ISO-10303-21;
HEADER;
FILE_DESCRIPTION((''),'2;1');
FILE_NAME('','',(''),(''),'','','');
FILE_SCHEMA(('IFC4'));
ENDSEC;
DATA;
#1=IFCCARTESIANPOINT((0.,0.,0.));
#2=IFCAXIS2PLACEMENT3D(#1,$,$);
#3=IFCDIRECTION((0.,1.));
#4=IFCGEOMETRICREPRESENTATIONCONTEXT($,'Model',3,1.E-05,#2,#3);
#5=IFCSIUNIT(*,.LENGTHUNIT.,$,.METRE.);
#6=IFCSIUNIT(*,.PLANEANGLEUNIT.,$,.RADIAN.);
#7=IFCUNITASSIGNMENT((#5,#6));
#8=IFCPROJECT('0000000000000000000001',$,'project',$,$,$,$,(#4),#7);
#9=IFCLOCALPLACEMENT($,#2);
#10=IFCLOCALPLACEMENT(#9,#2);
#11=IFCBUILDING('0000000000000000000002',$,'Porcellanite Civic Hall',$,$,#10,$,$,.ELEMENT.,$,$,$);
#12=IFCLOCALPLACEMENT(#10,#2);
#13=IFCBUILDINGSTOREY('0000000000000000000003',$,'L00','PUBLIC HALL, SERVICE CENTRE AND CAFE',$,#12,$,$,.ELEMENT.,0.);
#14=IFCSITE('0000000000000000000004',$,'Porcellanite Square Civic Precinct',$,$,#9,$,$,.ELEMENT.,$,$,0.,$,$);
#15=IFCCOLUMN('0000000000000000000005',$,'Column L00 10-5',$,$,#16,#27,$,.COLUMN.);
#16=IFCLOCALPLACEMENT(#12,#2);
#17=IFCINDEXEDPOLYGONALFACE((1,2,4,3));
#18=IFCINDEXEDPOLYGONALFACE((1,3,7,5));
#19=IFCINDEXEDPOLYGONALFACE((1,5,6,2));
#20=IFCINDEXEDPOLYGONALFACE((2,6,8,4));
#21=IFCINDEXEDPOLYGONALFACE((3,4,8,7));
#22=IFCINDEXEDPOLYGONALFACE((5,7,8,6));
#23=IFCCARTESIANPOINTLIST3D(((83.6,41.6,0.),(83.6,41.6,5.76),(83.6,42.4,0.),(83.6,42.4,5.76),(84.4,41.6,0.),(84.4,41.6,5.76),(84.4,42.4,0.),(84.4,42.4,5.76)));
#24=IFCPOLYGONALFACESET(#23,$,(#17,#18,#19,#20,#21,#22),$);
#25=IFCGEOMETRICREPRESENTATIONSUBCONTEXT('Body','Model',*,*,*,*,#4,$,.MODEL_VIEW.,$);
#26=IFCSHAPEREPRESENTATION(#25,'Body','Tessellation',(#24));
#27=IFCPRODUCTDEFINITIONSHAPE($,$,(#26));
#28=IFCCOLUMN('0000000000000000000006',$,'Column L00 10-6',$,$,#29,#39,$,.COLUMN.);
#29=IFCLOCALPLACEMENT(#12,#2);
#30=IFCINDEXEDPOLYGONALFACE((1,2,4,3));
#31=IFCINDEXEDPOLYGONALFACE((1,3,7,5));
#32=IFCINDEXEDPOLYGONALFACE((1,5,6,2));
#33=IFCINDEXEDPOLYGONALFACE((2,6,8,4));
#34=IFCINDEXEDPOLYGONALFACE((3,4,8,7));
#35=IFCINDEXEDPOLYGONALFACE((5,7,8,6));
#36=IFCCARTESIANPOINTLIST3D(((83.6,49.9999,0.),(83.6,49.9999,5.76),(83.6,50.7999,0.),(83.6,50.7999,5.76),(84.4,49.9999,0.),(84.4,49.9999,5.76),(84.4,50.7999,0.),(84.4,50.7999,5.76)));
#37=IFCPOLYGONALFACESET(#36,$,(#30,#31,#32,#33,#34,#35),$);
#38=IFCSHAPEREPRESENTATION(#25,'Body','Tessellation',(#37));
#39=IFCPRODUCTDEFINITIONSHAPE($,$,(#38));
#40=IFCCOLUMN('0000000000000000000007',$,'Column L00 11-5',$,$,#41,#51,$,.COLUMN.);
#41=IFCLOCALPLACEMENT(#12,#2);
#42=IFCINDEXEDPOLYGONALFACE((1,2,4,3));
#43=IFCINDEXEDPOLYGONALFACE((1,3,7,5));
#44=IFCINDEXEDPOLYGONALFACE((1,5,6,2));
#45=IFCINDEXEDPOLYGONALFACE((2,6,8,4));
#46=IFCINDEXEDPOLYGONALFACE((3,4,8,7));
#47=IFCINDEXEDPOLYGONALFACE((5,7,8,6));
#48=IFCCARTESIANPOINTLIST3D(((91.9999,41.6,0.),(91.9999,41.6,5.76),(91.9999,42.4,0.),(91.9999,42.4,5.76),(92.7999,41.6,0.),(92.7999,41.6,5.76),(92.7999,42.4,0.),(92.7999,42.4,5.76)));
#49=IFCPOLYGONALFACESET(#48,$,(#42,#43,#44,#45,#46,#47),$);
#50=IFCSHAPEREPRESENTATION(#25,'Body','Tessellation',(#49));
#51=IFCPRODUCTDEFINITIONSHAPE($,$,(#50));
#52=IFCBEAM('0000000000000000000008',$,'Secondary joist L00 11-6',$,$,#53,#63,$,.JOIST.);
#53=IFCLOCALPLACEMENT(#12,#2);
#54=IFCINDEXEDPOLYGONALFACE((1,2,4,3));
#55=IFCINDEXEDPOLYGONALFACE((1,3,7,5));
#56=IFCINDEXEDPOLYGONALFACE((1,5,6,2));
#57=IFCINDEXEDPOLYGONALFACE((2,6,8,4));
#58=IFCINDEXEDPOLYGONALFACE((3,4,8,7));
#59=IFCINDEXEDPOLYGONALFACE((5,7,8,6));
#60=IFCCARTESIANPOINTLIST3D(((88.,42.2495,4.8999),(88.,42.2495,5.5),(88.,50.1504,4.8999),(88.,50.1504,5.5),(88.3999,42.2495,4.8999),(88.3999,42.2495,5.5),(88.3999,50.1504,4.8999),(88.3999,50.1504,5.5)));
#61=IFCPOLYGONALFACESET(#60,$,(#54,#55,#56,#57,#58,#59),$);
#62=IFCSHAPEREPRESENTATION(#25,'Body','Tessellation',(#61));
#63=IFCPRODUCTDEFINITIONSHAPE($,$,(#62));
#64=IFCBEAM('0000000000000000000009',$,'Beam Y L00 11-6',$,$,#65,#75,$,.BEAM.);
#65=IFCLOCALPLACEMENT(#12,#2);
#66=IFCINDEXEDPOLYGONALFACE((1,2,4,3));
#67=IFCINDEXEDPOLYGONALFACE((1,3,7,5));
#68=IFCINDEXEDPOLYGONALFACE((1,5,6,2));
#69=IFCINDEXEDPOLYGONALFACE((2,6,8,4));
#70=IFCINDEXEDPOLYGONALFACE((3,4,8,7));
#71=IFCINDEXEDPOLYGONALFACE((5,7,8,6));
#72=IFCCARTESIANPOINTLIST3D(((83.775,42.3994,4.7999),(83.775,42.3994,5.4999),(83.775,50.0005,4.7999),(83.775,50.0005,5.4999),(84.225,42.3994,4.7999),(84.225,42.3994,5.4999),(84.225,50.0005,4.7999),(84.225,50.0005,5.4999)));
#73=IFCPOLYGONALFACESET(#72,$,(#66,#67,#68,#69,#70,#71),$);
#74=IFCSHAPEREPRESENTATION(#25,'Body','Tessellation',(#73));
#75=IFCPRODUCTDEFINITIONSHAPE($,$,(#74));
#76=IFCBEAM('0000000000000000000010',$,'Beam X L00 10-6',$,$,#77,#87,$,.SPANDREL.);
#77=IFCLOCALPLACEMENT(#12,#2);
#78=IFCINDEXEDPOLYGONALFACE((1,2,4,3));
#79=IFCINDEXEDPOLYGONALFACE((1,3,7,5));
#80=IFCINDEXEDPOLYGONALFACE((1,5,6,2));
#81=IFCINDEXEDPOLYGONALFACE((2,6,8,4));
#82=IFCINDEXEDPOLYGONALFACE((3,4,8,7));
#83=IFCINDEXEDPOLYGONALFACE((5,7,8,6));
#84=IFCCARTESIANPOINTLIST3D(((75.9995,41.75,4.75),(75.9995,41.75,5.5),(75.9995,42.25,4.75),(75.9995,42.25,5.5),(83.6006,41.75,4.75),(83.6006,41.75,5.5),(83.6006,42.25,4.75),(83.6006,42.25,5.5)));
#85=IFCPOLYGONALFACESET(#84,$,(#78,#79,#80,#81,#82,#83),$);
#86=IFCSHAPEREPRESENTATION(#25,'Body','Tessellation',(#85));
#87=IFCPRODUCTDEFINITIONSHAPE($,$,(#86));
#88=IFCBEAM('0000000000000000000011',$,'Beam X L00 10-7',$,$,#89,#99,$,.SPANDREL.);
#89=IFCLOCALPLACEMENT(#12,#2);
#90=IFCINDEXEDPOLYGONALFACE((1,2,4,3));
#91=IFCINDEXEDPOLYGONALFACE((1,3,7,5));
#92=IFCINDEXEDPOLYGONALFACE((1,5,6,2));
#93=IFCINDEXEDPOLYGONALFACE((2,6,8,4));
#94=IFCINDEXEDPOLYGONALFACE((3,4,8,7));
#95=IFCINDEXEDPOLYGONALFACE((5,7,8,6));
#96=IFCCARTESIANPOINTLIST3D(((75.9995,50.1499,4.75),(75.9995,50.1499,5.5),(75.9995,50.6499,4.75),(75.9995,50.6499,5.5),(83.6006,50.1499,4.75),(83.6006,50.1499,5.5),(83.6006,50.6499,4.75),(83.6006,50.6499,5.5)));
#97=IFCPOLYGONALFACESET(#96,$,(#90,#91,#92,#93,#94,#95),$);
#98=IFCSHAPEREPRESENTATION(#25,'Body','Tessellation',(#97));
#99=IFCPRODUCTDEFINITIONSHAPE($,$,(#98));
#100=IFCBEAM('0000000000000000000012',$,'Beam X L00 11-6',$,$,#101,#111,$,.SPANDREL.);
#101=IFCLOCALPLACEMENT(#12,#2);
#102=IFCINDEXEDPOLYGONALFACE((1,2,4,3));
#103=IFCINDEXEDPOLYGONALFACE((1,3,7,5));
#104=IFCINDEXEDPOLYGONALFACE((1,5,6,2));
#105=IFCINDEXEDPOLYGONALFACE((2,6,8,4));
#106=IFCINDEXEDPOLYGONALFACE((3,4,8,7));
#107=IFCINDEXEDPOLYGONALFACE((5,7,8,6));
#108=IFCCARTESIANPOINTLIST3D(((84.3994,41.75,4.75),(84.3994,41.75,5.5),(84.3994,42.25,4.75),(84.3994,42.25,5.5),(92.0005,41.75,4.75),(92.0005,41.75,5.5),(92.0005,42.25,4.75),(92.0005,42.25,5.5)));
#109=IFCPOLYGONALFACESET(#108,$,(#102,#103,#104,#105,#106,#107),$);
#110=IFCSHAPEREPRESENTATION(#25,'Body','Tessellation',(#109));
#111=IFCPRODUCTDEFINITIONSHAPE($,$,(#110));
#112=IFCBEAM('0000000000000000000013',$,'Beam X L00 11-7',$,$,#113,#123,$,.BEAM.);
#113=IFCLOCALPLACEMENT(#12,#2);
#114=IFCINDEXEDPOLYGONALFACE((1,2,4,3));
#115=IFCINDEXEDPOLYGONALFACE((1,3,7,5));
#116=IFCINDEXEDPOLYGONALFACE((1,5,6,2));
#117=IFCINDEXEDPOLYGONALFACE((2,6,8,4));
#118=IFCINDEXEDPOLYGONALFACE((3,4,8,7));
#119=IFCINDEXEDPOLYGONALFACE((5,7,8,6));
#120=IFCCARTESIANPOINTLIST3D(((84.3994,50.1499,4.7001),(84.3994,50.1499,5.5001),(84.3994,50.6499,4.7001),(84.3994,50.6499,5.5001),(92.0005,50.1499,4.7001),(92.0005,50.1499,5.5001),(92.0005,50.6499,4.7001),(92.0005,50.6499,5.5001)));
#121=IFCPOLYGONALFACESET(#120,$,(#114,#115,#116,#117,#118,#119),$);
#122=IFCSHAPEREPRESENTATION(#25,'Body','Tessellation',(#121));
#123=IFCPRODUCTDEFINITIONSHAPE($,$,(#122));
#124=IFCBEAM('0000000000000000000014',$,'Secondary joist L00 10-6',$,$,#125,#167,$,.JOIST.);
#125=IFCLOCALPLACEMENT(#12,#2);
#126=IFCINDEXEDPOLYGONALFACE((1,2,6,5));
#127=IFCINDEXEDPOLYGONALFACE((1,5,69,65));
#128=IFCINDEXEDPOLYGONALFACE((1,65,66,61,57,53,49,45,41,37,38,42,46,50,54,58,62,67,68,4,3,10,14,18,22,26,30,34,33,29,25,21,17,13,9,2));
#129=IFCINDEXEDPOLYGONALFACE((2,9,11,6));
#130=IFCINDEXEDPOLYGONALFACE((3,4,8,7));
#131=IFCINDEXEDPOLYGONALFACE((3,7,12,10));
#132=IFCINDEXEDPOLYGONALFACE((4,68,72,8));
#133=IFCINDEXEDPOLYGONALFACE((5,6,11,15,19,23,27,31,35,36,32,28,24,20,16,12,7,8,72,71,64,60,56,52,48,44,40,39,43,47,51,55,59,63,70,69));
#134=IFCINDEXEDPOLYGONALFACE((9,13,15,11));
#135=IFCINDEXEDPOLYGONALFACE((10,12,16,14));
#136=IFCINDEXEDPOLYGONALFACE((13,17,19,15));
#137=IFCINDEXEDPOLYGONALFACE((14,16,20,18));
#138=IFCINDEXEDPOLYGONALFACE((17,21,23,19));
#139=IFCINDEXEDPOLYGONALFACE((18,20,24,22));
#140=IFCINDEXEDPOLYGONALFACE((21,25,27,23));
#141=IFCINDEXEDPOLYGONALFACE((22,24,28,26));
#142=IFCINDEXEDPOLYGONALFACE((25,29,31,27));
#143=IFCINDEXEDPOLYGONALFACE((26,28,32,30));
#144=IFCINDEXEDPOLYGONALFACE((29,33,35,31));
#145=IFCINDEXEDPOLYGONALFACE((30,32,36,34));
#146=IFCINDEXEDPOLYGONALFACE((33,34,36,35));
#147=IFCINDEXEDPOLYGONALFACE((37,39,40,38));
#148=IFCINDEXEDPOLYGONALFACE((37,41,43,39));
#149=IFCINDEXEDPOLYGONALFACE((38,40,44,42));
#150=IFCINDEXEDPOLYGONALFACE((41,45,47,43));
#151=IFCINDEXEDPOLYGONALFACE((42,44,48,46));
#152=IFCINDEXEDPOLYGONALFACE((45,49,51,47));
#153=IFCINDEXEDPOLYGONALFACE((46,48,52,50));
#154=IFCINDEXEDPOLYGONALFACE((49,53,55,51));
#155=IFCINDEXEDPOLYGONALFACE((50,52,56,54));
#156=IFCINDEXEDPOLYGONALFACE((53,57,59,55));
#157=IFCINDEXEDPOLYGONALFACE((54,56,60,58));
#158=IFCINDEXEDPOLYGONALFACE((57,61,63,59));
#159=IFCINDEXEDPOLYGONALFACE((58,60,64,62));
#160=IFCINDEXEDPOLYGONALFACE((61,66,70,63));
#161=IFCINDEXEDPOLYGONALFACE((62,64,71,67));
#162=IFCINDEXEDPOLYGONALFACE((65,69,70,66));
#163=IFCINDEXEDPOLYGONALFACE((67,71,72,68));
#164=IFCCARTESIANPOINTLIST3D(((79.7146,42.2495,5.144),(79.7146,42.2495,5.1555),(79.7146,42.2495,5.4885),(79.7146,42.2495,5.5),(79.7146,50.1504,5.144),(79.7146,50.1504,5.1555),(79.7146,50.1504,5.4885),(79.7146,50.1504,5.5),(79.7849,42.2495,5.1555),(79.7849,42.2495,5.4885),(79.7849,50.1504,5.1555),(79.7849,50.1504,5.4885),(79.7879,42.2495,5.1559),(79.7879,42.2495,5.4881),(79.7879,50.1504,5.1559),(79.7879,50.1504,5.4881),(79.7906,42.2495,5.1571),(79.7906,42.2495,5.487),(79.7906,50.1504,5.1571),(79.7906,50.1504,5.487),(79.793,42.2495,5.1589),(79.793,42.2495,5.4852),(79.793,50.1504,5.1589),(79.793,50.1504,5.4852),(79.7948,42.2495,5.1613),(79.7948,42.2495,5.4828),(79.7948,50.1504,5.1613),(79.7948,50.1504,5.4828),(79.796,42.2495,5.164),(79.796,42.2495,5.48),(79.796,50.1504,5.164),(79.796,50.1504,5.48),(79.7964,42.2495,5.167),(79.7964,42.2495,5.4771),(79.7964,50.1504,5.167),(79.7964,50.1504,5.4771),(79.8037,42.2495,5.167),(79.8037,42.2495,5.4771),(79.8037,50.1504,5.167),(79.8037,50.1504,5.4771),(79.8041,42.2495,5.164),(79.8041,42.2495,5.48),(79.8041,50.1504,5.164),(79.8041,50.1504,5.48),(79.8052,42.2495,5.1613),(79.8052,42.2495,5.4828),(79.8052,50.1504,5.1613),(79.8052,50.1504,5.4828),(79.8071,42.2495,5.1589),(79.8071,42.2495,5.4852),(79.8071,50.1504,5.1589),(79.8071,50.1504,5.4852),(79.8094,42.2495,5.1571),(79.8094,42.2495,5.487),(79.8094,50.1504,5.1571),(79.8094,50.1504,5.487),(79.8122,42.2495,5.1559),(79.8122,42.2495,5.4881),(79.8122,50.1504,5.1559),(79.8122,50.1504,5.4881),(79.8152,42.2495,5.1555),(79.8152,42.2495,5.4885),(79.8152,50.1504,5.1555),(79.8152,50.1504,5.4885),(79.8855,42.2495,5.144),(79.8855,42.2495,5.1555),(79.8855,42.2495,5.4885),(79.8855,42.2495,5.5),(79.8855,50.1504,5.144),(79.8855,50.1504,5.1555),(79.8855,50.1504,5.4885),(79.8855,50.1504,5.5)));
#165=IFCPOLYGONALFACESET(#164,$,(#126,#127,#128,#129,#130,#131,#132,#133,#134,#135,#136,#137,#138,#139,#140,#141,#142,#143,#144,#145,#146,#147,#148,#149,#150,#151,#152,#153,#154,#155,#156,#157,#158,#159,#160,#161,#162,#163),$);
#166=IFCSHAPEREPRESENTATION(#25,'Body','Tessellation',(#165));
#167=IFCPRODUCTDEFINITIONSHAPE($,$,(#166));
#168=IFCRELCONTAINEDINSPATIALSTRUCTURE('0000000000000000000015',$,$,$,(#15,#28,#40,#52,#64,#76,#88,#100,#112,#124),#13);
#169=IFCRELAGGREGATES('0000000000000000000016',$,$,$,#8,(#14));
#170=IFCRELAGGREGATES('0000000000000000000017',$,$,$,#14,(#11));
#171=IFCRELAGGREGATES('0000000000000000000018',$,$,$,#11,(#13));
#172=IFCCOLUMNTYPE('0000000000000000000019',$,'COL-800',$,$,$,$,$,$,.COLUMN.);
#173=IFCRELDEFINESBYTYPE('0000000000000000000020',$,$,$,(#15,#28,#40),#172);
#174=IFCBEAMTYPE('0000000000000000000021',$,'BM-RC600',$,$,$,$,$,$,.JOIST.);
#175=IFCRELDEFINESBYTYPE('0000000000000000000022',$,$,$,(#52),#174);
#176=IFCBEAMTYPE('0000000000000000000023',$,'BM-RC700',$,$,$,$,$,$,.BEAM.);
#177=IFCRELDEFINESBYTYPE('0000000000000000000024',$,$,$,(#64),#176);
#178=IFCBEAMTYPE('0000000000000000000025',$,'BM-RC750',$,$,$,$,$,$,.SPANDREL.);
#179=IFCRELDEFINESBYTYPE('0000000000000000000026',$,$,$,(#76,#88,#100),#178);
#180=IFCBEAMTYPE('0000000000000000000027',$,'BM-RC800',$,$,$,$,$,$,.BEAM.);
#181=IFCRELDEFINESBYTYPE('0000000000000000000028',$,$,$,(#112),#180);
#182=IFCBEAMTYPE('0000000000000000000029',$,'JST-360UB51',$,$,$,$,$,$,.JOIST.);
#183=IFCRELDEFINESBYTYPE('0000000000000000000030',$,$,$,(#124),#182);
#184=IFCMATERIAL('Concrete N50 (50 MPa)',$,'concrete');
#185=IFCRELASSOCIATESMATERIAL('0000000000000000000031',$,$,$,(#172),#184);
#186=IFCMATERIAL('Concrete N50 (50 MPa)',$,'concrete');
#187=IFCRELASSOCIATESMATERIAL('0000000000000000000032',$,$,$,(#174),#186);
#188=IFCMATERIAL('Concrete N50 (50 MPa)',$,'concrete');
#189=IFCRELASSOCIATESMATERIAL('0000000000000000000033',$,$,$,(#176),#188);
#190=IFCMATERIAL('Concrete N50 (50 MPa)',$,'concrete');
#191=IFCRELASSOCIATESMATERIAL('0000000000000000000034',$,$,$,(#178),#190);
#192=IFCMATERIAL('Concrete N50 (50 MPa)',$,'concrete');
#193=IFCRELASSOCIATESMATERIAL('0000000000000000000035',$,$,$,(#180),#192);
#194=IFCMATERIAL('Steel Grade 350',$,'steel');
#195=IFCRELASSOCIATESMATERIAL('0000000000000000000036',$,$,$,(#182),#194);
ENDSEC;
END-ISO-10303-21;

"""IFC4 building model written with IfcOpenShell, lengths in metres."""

from ifc_helpers import new_model, si_unit, direction, frame, origin, origin_2d, place, context, subcontext, project, spatial, rectangle, i_section, extrude, material, material_profile, profile_set, type_object, element, save


model = new_model("IFC4")

# Units and contexts
model_context = context("Model", 3, precision=1e-05, world=origin(), true_north=direction((0.0, 1.0)))
body_context = subcontext(model_context, "Body", "Model", "MODEL_VIEW")
ifc_project = project(units=[si_unit("LENGTHUNIT", "METRE"), si_unit("PLANEANGLEUNIT", "RADIAN")], contexts=[model_context])

# Site, building, storey
site_placement = place(None, origin())
site = spatial("IfcSite", under=ifc_project, at=site_placement, Name="Porcellanite Square Civic Precinct", CompositionType="ELEMENT", RefElevation=0.0)
building_placement = place(site_placement, origin())
building = spatial("IfcBuilding", under=site, at=building_placement, Name="Porcellanite Civic Hall", CompositionType="ELEMENT")
storey_placement = place(building_placement, origin())
storey = spatial("IfcBuildingStorey", under=building, at=storey_placement, Name="L00", Description="PUBLIC HALL, SERVICE CENTRE AND CAFE", CompositionType="ELEMENT", Elevation=0.0)

# Columns
ifc_material_1 = material(Name="Concrete N50 (50 MPa)", Category="concrete")
ifc_material_profile_1 = material_profile(ifc_material_1, rectangle(XDim=0.8, YDim=0.8, at=origin_2d()), Name="RC-800x800")
ifc_profile_set_1 = profile_set([ifc_material_profile_1], Name="Concrete N50 (50 MPa)")
column_type = type_object("IfcColumnType", Name="COL-800", PredefinedType="COLUMN", material=ifc_profile_set_1)
for number, where, z_axis, x_axis, name in (
    (1, (84.0, 42.0, 0.0), (0.0, 0.0, 1.0), (1.0, 0.0, 0.0), "Column L00 10-5"),
    (2, (84.0, 50.3999, 0.0), (0.0, 0.0, 1.0), (1.0, 0.0, 0.0), "Column L00 10-6"),
    (3, (92.3999, 42.0, 0.0), (0.0, 0.0, 1.0), (1.0, 0.0, 0.0), "Column L00 11-5"),
):
    element("IfcColumn", number, at=place(storey_placement, frame(where, z_axis=z_axis, x_axis=x_axis)), inside=storey, type_object=column_type, Name=name, PredefinedType="COLUMN", context=body_context, shape_type="SweptSolid", body=[
        extrude(rectangle(XDim=0.8, YDim=0.8, at=origin_2d()), origin(), (0.0, 0.0, 1.0), 5.76),
    ])

# Beams
ifc_material_2 = material(Name="Concrete N50 (50 MPa)", Category="concrete")
ifc_material_profile_2 = material_profile(ifc_material_2, rectangle(XDim=0.3999, YDim=0.6001, at=origin_2d()), Name="RC-400x600")
ifc_profile_set_2 = profile_set([ifc_material_profile_2], Name="Concrete N50 (50 MPa)")
beam_type_1 = type_object("IfcBeamType", Name="BM-RC600", PredefinedType="JOIST", material=ifc_profile_set_2)
beam_1_placement = place(storey_placement, frame((88.2, 42.2495, 5.2), z_axis=(0.0, 1.0, 0.0), x_axis=(-1.0, 0.0, 0.0)))
element("IfcBeam", 4, at=beam_1_placement, inside=storey, type_object=beam_type_1, Name="Secondary joist L00 11-6", PredefinedType="JOIST", context=body_context, shape_type="SweptSolid", body=[
    extrude(rectangle(XDim=0.3999, YDim=0.6001, at=origin_2d()), origin(), (0.0, 0.0, 1.0), 7.9009),
])
ifc_material_3 = material(Name="Concrete N50 (50 MPa)", Category="concrete")
ifc_material_profile_3 = material_profile(ifc_material_3, rectangle(XDim=0.45, YDim=0.7, at=origin_2d()), Name="RC-450x700")
ifc_profile_set_3 = profile_set([ifc_material_profile_3], Name="Concrete N50 (50 MPa)")
beam_type_2 = type_object("IfcBeamType", Name="BM-RC700", PredefinedType="BEAM", material=ifc_profile_set_3)
beam_2_placement = place(storey_placement, frame((84.0, 42.3994, 5.1499), z_axis=(0.0, 1.0, 0.0), x_axis=(-1.0, 0.0, 0.0)))
element("IfcBeam", 5, at=beam_2_placement, inside=storey, type_object=beam_type_2, Name="Beam Y L00 11-6", PredefinedType="BEAM", context=body_context, shape_type="SweptSolid", body=[
    extrude(rectangle(XDim=0.45, YDim=0.7, at=origin_2d()), origin(), (0.0, 0.0, 1.0), 7.6011),
])
ifc_material_4 = material(Name="Concrete N50 (50 MPa)", Category="concrete")
ifc_material_profile_4 = material_profile(ifc_material_4, rectangle(XDim=0.5, YDim=0.75, at=origin_2d()), Name="RC-500x750")
ifc_profile_set_4 = profile_set([ifc_material_profile_4], Name="Concrete N50 (50 MPa)")
beam_type_3 = type_object("IfcBeamType", Name="BM-RC750", PredefinedType="SPANDREL", material=ifc_profile_set_4)
for number, where, z_axis, x_axis, name in (
    (6, (75.9995, 42.0, 5.125), (1.0, 0.0, 0.0), (0.0, 1.0, 0.0), "Beam X L00 10-6"),
    (7, (75.9995, 50.3999, 5.125), (1.0, 0.0, 0.0), (0.0, 1.0, 0.0), "Beam X L00 10-7"),
    (8, (84.3994, 42.0, 5.125), (1.0, 0.0, 0.0), (0.0, 1.0, 0.0), "Beam X L00 11-6"),
):
    element("IfcBeam", number, at=place(storey_placement, frame(where, z_axis=z_axis, x_axis=x_axis)), inside=storey, type_object=beam_type_3, Name=name, PredefinedType="SPANDREL", context=body_context, shape_type="SweptSolid", body=[
        extrude(rectangle(XDim=0.5, YDim=0.75, at=origin_2d()), origin(), (0.0, 0.0, 1.0), 7.6011),
    ])
ifc_material_5 = material(Name="Concrete N50 (50 MPa)", Category="concrete")
ifc_material_profile_5 = material_profile(ifc_material_5, rectangle(XDim=0.5, YDim=0.8, at=origin_2d()), Name="RC-500x800")
ifc_profile_set_5 = profile_set([ifc_material_profile_5], Name="Concrete N50 (50 MPa)")
beam_type_4 = type_object("IfcBeamType", Name="BM-RC800", PredefinedType="BEAM", material=ifc_profile_set_5)
beam_3_placement = place(storey_placement, frame((84.3994, 50.3999, 5.1001), z_axis=(1.0, 0.0, 0.0), x_axis=(0.0, 1.0, 0.0)))
element("IfcBeam", 9, at=beam_3_placement, inside=storey, type_object=beam_type_4, Name="Beam X L00 11-7", PredefinedType="BEAM", context=body_context, shape_type="SweptSolid", body=[
    extrude(rectangle(XDim=0.5, YDim=0.8, at=origin_2d()), origin(), (0.0, 0.0, 1.0), 7.6011),
])
ifc_material_6 = material(Name="Steel Grade 350", Category="steel")
ifc_material_profile_6 = material_profile(ifc_material_6, i_section(OverallWidth=0.1709, OverallDepth=0.356, WebThickness=0.0073, FlangeThickness=0.0115, FilletRadius=0.0115, at=origin_2d()), Name="360UB50.7")
ifc_profile_set_6 = profile_set([ifc_material_profile_6], Name="Steel Grade 350")
beam_type_5 = type_object("IfcBeamType", Name="JST-360UB51", PredefinedType="JOIST", material=ifc_profile_set_6)
beam_4_placement = place(storey_placement, frame((79.8, 42.2495, 5.322), z_axis=(0.0, 1.0, 0.0), x_axis=(-1.0, 0.0, 0.0)))
element("IfcBeam", 10, at=beam_4_placement, inside=storey, type_object=beam_type_5, Name="Secondary joist L00 10-6", PredefinedType="JOIST", context=body_context, shape_type="SweptSolid", body=[
    extrude(i_section(OverallWidth=0.1709, OverallDepth=0.356, WebThickness=0.0073, FlangeThickness=0.0115, FilletRadius=0.0115, at=origin_2d()), origin(), (0.0, 0.0, 1.0), 7.9009),
])

save(model, "model.ifc")
